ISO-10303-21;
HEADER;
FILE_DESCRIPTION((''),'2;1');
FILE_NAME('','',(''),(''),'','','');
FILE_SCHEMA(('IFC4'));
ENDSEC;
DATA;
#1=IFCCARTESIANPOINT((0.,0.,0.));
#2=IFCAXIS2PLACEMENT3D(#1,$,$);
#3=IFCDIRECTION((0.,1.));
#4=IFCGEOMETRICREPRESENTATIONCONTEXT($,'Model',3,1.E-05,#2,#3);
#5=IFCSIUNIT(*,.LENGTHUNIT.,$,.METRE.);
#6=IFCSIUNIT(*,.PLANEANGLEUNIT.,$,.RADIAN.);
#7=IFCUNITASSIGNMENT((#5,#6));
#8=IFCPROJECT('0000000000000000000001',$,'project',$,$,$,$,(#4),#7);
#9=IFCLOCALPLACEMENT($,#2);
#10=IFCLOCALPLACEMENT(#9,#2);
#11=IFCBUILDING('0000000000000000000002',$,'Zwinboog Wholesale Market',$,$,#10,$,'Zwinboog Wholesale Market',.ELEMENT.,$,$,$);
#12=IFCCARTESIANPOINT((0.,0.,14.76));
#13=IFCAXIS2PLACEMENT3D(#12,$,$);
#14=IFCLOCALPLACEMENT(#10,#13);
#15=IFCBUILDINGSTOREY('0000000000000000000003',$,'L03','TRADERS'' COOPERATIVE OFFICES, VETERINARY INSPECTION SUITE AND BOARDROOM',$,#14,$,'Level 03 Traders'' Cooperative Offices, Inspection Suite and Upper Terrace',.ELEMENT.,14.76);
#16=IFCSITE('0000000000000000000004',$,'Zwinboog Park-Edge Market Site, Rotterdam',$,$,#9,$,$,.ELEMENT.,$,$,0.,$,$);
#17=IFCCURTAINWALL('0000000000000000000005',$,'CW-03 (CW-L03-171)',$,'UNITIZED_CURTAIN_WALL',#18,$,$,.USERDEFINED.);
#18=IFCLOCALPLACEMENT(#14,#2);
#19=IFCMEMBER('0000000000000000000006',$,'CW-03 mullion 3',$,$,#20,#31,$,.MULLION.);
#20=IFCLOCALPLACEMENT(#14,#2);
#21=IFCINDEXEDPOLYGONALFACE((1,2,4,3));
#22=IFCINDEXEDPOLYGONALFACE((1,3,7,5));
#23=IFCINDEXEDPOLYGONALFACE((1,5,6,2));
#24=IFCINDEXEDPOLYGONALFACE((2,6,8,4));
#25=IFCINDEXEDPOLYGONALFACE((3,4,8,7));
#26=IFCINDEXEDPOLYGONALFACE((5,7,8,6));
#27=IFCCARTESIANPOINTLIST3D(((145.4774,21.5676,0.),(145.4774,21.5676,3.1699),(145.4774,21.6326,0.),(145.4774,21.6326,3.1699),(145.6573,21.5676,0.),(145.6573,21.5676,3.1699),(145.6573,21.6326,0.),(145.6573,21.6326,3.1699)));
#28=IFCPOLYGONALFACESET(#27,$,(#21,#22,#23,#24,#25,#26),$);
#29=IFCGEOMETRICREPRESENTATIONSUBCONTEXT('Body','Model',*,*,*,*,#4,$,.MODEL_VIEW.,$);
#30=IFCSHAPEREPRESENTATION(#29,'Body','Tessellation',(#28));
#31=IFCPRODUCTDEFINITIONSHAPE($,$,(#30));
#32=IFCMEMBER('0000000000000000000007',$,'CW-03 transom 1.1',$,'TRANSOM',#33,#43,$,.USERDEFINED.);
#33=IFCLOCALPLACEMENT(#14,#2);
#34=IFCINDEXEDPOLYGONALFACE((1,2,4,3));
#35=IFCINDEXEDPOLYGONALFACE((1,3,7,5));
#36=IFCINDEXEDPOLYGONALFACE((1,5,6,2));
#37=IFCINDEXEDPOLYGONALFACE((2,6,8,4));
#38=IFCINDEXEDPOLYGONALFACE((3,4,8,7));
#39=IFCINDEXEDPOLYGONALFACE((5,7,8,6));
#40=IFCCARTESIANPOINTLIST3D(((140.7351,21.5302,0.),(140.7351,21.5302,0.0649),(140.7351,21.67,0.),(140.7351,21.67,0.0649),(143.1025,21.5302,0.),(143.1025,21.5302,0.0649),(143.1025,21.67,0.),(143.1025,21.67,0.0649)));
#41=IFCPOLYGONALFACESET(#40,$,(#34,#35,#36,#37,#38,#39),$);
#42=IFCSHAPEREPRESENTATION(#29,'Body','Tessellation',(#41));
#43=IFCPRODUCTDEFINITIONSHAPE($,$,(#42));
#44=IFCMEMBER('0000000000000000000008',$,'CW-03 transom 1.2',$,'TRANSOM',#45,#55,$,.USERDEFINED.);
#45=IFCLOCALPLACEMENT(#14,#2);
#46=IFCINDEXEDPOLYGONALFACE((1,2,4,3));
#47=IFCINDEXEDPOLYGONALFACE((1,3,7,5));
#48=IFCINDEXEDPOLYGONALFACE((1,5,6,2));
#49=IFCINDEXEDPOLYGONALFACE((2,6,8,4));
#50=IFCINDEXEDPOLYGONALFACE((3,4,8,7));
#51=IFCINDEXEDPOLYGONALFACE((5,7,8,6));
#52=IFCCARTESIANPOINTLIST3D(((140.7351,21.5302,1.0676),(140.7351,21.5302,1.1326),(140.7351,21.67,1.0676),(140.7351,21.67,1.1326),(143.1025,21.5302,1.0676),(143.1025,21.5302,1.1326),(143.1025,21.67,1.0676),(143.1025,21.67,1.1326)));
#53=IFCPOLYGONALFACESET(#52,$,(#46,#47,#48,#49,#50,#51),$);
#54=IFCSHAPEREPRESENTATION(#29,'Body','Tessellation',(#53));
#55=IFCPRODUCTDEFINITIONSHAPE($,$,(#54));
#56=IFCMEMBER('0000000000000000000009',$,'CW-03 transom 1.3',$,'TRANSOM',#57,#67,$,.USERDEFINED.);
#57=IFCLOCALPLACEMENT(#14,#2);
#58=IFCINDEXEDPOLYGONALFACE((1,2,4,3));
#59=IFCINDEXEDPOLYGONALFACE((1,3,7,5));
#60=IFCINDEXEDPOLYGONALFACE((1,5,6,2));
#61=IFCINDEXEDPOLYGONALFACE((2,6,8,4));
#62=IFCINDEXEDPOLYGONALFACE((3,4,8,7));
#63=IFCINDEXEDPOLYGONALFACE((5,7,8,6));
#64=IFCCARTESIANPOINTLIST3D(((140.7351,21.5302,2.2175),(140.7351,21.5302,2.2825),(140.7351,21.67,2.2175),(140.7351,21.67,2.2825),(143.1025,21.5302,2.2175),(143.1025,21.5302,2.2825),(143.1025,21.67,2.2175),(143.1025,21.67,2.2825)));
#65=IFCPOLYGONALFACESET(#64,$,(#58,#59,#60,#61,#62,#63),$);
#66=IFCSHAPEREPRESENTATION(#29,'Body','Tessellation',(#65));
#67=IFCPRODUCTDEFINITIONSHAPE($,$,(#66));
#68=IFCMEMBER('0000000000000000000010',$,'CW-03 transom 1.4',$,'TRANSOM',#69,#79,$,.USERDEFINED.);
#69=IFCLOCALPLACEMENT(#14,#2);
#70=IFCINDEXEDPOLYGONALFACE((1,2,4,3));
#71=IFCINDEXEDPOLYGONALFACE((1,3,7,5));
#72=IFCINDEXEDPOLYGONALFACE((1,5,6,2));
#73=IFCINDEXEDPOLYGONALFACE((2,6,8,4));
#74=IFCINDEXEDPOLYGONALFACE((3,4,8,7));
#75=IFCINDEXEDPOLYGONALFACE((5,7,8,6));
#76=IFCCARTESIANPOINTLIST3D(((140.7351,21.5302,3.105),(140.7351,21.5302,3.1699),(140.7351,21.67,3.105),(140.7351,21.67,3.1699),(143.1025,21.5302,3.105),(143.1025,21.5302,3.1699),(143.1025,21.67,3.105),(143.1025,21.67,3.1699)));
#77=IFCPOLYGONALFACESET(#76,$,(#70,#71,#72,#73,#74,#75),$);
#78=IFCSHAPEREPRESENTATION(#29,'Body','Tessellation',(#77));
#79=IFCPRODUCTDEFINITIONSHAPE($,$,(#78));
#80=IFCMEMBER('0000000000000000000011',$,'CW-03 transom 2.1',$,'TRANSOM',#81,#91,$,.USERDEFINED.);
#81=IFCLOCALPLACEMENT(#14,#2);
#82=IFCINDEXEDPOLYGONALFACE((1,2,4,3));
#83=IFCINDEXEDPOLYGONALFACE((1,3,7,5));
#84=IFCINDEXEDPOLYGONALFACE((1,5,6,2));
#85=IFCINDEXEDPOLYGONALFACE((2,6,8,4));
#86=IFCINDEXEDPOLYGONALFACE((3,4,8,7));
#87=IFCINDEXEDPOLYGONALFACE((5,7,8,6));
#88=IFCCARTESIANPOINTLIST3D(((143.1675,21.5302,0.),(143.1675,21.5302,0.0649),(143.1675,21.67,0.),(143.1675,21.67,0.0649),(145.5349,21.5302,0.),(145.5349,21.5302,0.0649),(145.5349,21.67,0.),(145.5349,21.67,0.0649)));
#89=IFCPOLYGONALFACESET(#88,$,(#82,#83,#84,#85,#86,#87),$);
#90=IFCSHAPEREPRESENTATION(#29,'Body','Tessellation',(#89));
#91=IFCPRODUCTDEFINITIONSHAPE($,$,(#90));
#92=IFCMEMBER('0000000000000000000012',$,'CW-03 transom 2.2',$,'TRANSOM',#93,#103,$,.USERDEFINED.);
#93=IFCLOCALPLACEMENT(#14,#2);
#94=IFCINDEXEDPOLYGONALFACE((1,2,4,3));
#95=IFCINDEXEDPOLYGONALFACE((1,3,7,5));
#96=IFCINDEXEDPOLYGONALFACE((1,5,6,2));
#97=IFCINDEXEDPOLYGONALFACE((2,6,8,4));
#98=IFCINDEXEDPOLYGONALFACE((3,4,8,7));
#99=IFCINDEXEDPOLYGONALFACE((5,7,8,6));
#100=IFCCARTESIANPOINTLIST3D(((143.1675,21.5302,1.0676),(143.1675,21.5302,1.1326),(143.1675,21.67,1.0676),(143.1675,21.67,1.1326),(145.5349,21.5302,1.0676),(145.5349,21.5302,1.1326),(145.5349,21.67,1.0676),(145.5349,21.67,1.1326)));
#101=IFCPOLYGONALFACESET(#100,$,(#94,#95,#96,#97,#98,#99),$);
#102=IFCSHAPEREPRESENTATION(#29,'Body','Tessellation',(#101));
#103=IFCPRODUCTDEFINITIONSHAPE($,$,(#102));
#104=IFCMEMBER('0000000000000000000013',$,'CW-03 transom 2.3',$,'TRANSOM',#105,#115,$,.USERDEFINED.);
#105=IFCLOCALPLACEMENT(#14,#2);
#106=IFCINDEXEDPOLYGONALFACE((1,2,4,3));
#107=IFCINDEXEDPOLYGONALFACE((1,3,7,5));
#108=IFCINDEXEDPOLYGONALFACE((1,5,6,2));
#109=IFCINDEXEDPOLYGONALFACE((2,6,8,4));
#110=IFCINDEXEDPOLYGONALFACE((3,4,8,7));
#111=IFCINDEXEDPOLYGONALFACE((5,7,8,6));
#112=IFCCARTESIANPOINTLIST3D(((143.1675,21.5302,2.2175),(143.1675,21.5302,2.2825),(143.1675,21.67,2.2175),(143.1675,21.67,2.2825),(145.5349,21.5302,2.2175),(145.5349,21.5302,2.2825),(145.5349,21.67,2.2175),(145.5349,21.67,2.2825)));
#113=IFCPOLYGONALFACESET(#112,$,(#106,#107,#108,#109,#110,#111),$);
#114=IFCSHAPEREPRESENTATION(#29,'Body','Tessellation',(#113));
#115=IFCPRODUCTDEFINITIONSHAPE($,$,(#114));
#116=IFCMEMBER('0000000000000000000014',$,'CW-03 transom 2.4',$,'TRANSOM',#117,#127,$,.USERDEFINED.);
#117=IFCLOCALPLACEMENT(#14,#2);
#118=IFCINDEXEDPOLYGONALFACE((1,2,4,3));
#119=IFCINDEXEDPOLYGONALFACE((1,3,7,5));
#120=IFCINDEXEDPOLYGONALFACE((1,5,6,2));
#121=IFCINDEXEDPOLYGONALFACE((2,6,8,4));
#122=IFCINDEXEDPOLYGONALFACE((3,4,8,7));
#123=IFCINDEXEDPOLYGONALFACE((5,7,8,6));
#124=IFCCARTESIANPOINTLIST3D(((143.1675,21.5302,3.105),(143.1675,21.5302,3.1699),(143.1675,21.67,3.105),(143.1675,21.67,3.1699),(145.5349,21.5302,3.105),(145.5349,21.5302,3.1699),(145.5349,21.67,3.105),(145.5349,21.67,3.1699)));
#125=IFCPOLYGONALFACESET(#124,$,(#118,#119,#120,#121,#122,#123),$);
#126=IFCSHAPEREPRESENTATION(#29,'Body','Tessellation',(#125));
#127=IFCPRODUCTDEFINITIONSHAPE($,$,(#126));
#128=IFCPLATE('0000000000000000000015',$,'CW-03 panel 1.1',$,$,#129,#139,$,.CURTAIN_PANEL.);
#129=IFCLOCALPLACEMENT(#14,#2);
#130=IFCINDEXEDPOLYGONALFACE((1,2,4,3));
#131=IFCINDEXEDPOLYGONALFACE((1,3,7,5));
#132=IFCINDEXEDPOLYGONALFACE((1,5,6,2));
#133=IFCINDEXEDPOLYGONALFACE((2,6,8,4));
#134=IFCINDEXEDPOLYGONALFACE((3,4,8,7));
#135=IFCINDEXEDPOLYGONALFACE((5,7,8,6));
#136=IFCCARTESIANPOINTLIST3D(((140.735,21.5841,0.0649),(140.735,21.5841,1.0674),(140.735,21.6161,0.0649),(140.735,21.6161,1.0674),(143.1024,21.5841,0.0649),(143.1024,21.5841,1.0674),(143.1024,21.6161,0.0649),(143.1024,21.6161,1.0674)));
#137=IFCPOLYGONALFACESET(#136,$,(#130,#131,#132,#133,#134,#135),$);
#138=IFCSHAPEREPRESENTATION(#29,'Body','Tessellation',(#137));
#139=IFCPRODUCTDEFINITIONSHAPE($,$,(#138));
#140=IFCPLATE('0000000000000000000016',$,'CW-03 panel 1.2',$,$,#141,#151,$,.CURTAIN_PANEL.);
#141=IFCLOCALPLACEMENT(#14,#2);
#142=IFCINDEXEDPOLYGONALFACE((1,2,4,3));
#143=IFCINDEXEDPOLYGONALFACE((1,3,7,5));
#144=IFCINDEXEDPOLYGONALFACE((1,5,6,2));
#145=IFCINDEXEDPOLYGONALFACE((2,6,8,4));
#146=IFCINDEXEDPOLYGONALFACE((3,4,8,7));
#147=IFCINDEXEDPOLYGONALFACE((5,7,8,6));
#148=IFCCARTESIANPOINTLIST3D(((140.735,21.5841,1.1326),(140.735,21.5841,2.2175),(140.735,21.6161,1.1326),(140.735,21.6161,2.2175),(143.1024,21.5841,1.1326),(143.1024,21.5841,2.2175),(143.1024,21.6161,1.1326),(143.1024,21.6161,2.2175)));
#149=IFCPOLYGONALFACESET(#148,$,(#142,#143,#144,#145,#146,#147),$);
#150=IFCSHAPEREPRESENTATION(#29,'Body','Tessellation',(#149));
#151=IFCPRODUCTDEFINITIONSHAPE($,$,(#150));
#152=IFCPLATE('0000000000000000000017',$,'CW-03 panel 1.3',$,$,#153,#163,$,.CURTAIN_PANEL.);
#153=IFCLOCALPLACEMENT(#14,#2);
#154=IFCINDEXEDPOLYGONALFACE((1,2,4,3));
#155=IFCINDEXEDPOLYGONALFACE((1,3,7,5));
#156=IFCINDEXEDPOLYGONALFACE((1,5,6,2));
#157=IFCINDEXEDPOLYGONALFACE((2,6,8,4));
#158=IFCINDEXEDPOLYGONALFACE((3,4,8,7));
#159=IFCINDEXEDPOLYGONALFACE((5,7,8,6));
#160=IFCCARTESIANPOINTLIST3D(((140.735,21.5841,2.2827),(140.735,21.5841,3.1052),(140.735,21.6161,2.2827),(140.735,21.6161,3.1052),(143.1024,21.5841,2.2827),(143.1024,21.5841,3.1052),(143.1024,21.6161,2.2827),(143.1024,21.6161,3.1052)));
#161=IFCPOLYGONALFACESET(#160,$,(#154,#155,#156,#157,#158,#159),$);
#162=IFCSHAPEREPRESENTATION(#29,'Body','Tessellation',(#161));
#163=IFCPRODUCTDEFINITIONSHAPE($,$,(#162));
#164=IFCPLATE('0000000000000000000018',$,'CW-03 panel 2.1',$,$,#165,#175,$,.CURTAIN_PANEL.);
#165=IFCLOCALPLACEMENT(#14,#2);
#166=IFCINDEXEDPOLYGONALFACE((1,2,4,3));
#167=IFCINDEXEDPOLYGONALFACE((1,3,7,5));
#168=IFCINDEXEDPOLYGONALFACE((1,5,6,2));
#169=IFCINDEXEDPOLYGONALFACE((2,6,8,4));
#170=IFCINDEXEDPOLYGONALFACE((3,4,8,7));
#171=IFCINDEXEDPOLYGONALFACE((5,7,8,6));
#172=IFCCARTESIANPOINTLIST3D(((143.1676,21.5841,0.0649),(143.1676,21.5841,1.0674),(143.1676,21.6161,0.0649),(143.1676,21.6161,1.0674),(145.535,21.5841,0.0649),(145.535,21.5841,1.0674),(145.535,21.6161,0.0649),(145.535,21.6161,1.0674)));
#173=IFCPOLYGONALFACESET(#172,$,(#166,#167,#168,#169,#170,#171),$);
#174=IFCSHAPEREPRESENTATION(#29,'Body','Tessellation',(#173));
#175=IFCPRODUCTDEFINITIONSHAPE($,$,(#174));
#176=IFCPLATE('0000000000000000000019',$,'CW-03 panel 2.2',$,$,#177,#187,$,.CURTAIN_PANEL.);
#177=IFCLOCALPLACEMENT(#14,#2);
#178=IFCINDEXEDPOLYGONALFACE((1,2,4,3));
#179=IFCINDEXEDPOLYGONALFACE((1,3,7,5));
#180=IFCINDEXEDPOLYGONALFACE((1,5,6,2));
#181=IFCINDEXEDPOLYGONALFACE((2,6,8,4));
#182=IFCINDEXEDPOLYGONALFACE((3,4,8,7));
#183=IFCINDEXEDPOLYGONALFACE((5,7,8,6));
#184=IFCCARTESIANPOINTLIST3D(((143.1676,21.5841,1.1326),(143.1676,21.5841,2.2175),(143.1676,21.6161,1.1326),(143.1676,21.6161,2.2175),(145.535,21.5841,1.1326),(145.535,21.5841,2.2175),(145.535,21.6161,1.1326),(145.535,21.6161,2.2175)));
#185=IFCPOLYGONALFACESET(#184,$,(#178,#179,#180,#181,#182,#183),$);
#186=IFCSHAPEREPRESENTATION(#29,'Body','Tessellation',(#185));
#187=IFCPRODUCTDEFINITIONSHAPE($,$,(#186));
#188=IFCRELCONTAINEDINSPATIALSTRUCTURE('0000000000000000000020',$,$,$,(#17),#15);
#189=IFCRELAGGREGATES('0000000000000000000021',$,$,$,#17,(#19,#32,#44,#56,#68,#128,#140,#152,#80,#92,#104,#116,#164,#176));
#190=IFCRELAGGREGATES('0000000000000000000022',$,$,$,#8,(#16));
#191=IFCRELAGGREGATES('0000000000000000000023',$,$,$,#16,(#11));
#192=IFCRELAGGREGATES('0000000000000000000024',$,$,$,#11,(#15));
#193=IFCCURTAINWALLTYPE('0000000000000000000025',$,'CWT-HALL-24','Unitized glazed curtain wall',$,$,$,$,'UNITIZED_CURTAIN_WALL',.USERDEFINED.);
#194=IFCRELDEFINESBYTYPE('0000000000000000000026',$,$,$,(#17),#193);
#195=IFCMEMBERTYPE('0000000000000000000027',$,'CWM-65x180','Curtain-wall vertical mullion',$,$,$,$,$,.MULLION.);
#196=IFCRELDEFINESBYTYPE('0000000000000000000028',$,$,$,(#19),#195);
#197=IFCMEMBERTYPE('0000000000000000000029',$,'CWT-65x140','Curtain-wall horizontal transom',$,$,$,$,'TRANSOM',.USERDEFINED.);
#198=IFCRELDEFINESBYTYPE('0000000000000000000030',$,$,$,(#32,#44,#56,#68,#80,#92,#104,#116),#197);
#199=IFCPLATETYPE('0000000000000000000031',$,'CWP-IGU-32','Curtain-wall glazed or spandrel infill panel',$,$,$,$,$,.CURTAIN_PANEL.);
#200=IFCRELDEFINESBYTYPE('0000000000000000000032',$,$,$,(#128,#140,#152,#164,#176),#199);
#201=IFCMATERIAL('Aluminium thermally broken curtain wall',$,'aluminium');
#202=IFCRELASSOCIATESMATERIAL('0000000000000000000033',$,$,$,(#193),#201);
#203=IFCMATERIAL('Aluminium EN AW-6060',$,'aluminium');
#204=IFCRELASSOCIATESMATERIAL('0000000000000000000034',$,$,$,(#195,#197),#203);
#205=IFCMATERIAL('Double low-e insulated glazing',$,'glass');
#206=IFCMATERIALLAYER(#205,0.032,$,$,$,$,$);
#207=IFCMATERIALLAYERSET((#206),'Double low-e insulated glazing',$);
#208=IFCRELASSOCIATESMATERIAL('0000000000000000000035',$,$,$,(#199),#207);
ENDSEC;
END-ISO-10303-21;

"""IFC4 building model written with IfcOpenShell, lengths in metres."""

from ifc_helpers import new_model, si_unit, direction, frame, origin, origin_2d, place, context, subcontext, project, spatial, rectangle, extrude, material, layer, layer_set, material_profile, profile_set, type_object, element, aggregate, save


model = new_model("IFC4")

# Units and contexts
model_context = context("Model", 3, precision=1e-05, world=origin(), true_north=direction((0.0, 1.0)))
body_context = subcontext(model_context, "Body", "Model", "MODEL_VIEW")
ifc_project = project(units=[si_unit("LENGTHUNIT", "METRE"), si_unit("PLANEANGLEUNIT", "RADIAN")], contexts=[model_context])

# Site, building, storey
site_placement = place(None, origin())
site = spatial("IfcSite", under=ifc_project, at=site_placement, Name="Zwinboog Park-Edge Market Site, Rotterdam", CompositionType="ELEMENT", RefElevation=0.0)
building_placement = place(site_placement, origin())
building = spatial("IfcBuilding", under=site, at=building_placement, Name="Zwinboog Wholesale Market", LongName="Zwinboog Wholesale Market", CompositionType="ELEMENT")
storey_placement = place(building_placement, frame((0.0, 0.0, 14.76)))
storey = spatial("IfcBuildingStorey", under=building, at=storey_placement, Name="L03", Description="TRADERS' COOPERATIVE OFFICES, VETERINARY INSPECTION SUITE AND BOARDROOM", LongName="Level 03 Traders' Cooperative Offices, Inspection Suite and Upper Terrace", CompositionType="ELEMENT", Elevation=14.76)

# Curtain wall, members, plates
ifc_material_1 = material(Name="Aluminium thermally broken curtain wall", Category="aluminium")
curtain_wall_type = type_object("IfcCurtainWallType", Name="CWT-HALL-24", Description="Unitized glazed curtain wall", ElementType="UNITIZED_CURTAIN_WALL", PredefinedType="USERDEFINED", material=ifc_material_1)
curtain_wall_placement = place(storey_placement, origin())
curtain_wall = element("IfcCurtainWall", 1, at=curtain_wall_placement, inside=storey, type_object=curtain_wall_type, Name="CW-03 (CW-L03-171)", ObjectType="UNITIZED_CURTAIN_WALL", PredefinedType="USERDEFINED")
ifc_material_2 = material(Name="Aluminium EN AW-6060", Category="aluminium")
ifc_material_profile_1 = material_profile(ifc_material_2, rectangle(XDim=0.0649, YDim=0.1799, at=origin_2d()), Name="AL 65x180")
ifc_profile_set_1 = profile_set([ifc_material_profile_1], Name="Aluminium EN AW-6060")
member_type_1 = type_object("IfcMemberType", Name="CWM-65x180", Description="Curtain-wall vertical mullion", PredefinedType="MULLION", material=ifc_profile_set_1)
member_1_placement = place(storey_placement, frame((145.5674, 21.6001, 0.0), z_axis=(0.0, 0.0, 1.0), x_axis=(0.0, 1.0, 0.0)))
member_1 = element("IfcMember", 2, at=member_1_placement, type_object=member_type_1, Name="CW-03 mullion 3", PredefinedType="MULLION", context=body_context, shape_type="SweptSolid", body=[
    extrude(rectangle(XDim=0.0649, YDim=0.1799, at=origin_2d()), origin(), (0.0, 0.0, 1.0), 3.1699),
])
ifc_material_profile_2 = material_profile(ifc_material_2, rectangle(XDim=0.1399, YDim=0.0649, at=origin_2d()), Name="AL 65x140")
ifc_profile_set_2 = profile_set([ifc_material_profile_2], Name="Aluminium EN AW-6060")
member_type_2 = type_object("IfcMemberType", Name="CWT-65x140", Description="Curtain-wall horizontal transom", ElementType="TRANSOM", PredefinedType="USERDEFINED", material=ifc_profile_set_2)
member_2_placement = place(storey_placement, frame((140.7351, 21.6001, 0.0325), z_axis=(1.0, 0.0, 0.0), x_axis=(0.0, 1.0, 0.0)))
member_2 = element("IfcMember", 3, at=member_2_placement, type_object=member_type_2, Name="CW-03 transom 1.1", ObjectType="TRANSOM", PredefinedType="USERDEFINED", context=body_context, shape_type="SweptSolid", body=[
    extrude(rectangle(XDim=0.1399, YDim=0.0649, at=origin_2d()), origin(), (0.0, 0.0, 1.0), 2.3674),
])
member_3_placement = place(storey_placement, frame((140.7351, 21.6001, 1.1001), z_axis=(1.0, 0.0, 0.0), x_axis=(0.0, 1.0, 0.0)))
member_3 = element("IfcMember", 4, at=member_3_placement, type_object=member_type_2, Name="CW-03 transom 1.2", ObjectType="TRANSOM", PredefinedType="USERDEFINED", context=body_context, shape_type="SweptSolid", body=[
    extrude(rectangle(XDim=0.1399, YDim=0.0649, at=origin_2d()), origin(), (0.0, 0.0, 1.0), 2.3674),
])
member_4_placement = place(storey_placement, frame((140.7351, 21.6001, 2.25), z_axis=(1.0, 0.0, 0.0), x_axis=(0.0, 1.0, 0.0)))
member_4 = element("IfcMember", 5, at=member_4_placement, type_object=member_type_2, Name="CW-03 transom 1.3", ObjectType="TRANSOM", PredefinedType="USERDEFINED", context=body_context, shape_type="SweptSolid", body=[
    extrude(rectangle(XDim=0.1399, YDim=0.0649, at=origin_2d()), origin(), (0.0, 0.0, 1.0), 2.3674),
])
member_5_placement = place(storey_placement, frame((140.7351, 21.6001, 3.1375), z_axis=(1.0, 0.0, 0.0), x_axis=(0.0, 1.0, 0.0)))
member_5 = element("IfcMember", 6, at=member_5_placement, type_object=member_type_2, Name="CW-03 transom 1.4", ObjectType="TRANSOM", PredefinedType="USERDEFINED", context=body_context, shape_type="SweptSolid", body=[
    extrude(rectangle(XDim=0.1399, YDim=0.0649, at=origin_2d()), origin(), (0.0, 0.0, 1.0), 2.3674),
])
member_6_placement = place(storey_placement, frame((143.1675, 21.6001, 0.0325), z_axis=(1.0, 0.0, 0.0), x_axis=(0.0, 1.0, 0.0)))
member_6 = element("IfcMember", 7, at=member_6_placement, type_object=member_type_2, Name="CW-03 transom 2.1", ObjectType="TRANSOM", PredefinedType="USERDEFINED", context=body_context, shape_type="SweptSolid", body=[
    extrude(rectangle(XDim=0.1399, YDim=0.0649, at=origin_2d()), origin(), (0.0, 0.0, 1.0), 2.3674),
])
member_7_placement = place(storey_placement, frame((143.1675, 21.6001, 1.1001), z_axis=(1.0, 0.0, 0.0), x_axis=(0.0, 1.0, 0.0)))
member_7 = element("IfcMember", 8, at=member_7_placement, type_object=member_type_2, Name="CW-03 transom 2.2", ObjectType="TRANSOM", PredefinedType="USERDEFINED", context=body_context, shape_type="SweptSolid", body=[
    extrude(rectangle(XDim=0.1399, YDim=0.0649, at=origin_2d()), origin(), (0.0, 0.0, 1.0), 2.3674),
])
member_8_placement = place(storey_placement, frame((143.1675, 21.6001, 2.25), z_axis=(1.0, 0.0, 0.0), x_axis=(0.0, 1.0, 0.0)))
member_8 = element("IfcMember", 9, at=member_8_placement, type_object=member_type_2, Name="CW-03 transom 2.3", ObjectType="TRANSOM", PredefinedType="USERDEFINED", context=body_context, shape_type="SweptSolid", body=[
    extrude(rectangle(XDim=0.1399, YDim=0.0649, at=origin_2d()), origin(), (0.0, 0.0, 1.0), 2.3674),
])
member_9_placement = place(storey_placement, frame((143.1675, 21.6001, 3.1375), z_axis=(1.0, 0.0, 0.0), x_axis=(0.0, 1.0, 0.0)))
member_9 = element("IfcMember", 10, at=member_9_placement, type_object=member_type_2, Name="CW-03 transom 2.4", ObjectType="TRANSOM", PredefinedType="USERDEFINED", context=body_context, shape_type="SweptSolid", body=[
    extrude(rectangle(XDim=0.1399, YDim=0.0649, at=origin_2d()), origin(), (0.0, 0.0, 1.0), 2.3674),
])
ifc_material_3 = material(Name="Double low-e insulated glazing", Category="glass")
ifc_layer_1 = layer(ifc_material_3, 0.032)
ifc_layer_set_1 = layer_set([ifc_layer_1], Name="Double low-e insulated glazing")
plate_type = type_object("IfcPlateType", Name="CWP-IGU-32", Description="Curtain-wall glazed or spandrel infill panel", PredefinedType="CURTAIN_PANEL", material=ifc_layer_set_1)
plate_1_placement = place(storey_placement, frame((141.9187, 21.6001, 0.0649), z_axis=(0.0, 0.0, 1.0), x_axis=(1.0, 0.0, 0.0)))
plate_1 = element("IfcPlate", 11, at=plate_1_placement, type_object=plate_type, Name="CW-03 panel 1.1", PredefinedType="CURTAIN_PANEL", context=body_context, shape_type="SweptSolid", body=[
    extrude(rectangle(XDim=2.3674, YDim=0.032, at=origin_2d()), origin(), (0.0, 0.0, 1.0), 1.0024),
])
plate_2_placement = place(storey_placement, frame((141.9187, 21.6001, 1.1326), z_axis=(0.0, 0.0, 1.0), x_axis=(1.0, 0.0, 0.0)))
plate_2 = element("IfcPlate", 12, at=plate_2_placement, type_object=plate_type, Name="CW-03 panel 1.2", PredefinedType="CURTAIN_PANEL", context=body_context, shape_type="SweptSolid", body=[
    extrude(rectangle(XDim=2.3674, YDim=0.032, at=origin_2d()), origin(), (0.0, 0.0, 1.0), 1.085),
])
plate_3_placement = place(storey_placement, frame((141.9187, 21.6001, 2.2827), z_axis=(0.0, 0.0, 1.0), x_axis=(1.0, 0.0, 0.0)))
plate_3 = element("IfcPlate", 13, at=plate_3_placement, type_object=plate_type, Name="CW-03 panel 1.3", PredefinedType="CURTAIN_PANEL", context=body_context, shape_type="SweptSolid", body=[
    extrude(rectangle(XDim=2.3674, YDim=0.032, at=origin_2d()), origin(), (0.0, 0.0, 1.0), 0.8225),
])
plate_4_placement = place(storey_placement, frame((144.3513, 21.6001, 0.0649), z_axis=(0.0, 0.0, 1.0), x_axis=(1.0, 0.0, 0.0)))
plate_4 = element("IfcPlate", 14, at=plate_4_placement, type_object=plate_type, Name="CW-03 panel 2.1", PredefinedType="CURTAIN_PANEL", context=body_context, shape_type="SweptSolid", body=[
    extrude(rectangle(XDim=2.3674, YDim=0.032, at=origin_2d()), origin(), (0.0, 0.0, 1.0), 1.0024),
])
plate_5_placement = place(storey_placement, frame((144.3513, 21.6001, 1.1326), z_axis=(0.0, 0.0, 1.0), x_axis=(1.0, 0.0, 0.0)))
plate_5 = element("IfcPlate", 15, at=plate_5_placement, type_object=plate_type, Name="CW-03 panel 2.2", PredefinedType="CURTAIN_PANEL", context=body_context, shape_type="SweptSolid", body=[
    extrude(rectangle(XDim=2.3674, YDim=0.032, at=origin_2d()), origin(), (0.0, 0.0, 1.0), 1.085),
])
aggregate(curtain_wall, [member_1, member_2, member_3, member_4, member_5, plate_1, plate_2, plate_3, member_6, member_7, member_8, member_9, plate_4, plate_5])

save(model, "model.ifc")
